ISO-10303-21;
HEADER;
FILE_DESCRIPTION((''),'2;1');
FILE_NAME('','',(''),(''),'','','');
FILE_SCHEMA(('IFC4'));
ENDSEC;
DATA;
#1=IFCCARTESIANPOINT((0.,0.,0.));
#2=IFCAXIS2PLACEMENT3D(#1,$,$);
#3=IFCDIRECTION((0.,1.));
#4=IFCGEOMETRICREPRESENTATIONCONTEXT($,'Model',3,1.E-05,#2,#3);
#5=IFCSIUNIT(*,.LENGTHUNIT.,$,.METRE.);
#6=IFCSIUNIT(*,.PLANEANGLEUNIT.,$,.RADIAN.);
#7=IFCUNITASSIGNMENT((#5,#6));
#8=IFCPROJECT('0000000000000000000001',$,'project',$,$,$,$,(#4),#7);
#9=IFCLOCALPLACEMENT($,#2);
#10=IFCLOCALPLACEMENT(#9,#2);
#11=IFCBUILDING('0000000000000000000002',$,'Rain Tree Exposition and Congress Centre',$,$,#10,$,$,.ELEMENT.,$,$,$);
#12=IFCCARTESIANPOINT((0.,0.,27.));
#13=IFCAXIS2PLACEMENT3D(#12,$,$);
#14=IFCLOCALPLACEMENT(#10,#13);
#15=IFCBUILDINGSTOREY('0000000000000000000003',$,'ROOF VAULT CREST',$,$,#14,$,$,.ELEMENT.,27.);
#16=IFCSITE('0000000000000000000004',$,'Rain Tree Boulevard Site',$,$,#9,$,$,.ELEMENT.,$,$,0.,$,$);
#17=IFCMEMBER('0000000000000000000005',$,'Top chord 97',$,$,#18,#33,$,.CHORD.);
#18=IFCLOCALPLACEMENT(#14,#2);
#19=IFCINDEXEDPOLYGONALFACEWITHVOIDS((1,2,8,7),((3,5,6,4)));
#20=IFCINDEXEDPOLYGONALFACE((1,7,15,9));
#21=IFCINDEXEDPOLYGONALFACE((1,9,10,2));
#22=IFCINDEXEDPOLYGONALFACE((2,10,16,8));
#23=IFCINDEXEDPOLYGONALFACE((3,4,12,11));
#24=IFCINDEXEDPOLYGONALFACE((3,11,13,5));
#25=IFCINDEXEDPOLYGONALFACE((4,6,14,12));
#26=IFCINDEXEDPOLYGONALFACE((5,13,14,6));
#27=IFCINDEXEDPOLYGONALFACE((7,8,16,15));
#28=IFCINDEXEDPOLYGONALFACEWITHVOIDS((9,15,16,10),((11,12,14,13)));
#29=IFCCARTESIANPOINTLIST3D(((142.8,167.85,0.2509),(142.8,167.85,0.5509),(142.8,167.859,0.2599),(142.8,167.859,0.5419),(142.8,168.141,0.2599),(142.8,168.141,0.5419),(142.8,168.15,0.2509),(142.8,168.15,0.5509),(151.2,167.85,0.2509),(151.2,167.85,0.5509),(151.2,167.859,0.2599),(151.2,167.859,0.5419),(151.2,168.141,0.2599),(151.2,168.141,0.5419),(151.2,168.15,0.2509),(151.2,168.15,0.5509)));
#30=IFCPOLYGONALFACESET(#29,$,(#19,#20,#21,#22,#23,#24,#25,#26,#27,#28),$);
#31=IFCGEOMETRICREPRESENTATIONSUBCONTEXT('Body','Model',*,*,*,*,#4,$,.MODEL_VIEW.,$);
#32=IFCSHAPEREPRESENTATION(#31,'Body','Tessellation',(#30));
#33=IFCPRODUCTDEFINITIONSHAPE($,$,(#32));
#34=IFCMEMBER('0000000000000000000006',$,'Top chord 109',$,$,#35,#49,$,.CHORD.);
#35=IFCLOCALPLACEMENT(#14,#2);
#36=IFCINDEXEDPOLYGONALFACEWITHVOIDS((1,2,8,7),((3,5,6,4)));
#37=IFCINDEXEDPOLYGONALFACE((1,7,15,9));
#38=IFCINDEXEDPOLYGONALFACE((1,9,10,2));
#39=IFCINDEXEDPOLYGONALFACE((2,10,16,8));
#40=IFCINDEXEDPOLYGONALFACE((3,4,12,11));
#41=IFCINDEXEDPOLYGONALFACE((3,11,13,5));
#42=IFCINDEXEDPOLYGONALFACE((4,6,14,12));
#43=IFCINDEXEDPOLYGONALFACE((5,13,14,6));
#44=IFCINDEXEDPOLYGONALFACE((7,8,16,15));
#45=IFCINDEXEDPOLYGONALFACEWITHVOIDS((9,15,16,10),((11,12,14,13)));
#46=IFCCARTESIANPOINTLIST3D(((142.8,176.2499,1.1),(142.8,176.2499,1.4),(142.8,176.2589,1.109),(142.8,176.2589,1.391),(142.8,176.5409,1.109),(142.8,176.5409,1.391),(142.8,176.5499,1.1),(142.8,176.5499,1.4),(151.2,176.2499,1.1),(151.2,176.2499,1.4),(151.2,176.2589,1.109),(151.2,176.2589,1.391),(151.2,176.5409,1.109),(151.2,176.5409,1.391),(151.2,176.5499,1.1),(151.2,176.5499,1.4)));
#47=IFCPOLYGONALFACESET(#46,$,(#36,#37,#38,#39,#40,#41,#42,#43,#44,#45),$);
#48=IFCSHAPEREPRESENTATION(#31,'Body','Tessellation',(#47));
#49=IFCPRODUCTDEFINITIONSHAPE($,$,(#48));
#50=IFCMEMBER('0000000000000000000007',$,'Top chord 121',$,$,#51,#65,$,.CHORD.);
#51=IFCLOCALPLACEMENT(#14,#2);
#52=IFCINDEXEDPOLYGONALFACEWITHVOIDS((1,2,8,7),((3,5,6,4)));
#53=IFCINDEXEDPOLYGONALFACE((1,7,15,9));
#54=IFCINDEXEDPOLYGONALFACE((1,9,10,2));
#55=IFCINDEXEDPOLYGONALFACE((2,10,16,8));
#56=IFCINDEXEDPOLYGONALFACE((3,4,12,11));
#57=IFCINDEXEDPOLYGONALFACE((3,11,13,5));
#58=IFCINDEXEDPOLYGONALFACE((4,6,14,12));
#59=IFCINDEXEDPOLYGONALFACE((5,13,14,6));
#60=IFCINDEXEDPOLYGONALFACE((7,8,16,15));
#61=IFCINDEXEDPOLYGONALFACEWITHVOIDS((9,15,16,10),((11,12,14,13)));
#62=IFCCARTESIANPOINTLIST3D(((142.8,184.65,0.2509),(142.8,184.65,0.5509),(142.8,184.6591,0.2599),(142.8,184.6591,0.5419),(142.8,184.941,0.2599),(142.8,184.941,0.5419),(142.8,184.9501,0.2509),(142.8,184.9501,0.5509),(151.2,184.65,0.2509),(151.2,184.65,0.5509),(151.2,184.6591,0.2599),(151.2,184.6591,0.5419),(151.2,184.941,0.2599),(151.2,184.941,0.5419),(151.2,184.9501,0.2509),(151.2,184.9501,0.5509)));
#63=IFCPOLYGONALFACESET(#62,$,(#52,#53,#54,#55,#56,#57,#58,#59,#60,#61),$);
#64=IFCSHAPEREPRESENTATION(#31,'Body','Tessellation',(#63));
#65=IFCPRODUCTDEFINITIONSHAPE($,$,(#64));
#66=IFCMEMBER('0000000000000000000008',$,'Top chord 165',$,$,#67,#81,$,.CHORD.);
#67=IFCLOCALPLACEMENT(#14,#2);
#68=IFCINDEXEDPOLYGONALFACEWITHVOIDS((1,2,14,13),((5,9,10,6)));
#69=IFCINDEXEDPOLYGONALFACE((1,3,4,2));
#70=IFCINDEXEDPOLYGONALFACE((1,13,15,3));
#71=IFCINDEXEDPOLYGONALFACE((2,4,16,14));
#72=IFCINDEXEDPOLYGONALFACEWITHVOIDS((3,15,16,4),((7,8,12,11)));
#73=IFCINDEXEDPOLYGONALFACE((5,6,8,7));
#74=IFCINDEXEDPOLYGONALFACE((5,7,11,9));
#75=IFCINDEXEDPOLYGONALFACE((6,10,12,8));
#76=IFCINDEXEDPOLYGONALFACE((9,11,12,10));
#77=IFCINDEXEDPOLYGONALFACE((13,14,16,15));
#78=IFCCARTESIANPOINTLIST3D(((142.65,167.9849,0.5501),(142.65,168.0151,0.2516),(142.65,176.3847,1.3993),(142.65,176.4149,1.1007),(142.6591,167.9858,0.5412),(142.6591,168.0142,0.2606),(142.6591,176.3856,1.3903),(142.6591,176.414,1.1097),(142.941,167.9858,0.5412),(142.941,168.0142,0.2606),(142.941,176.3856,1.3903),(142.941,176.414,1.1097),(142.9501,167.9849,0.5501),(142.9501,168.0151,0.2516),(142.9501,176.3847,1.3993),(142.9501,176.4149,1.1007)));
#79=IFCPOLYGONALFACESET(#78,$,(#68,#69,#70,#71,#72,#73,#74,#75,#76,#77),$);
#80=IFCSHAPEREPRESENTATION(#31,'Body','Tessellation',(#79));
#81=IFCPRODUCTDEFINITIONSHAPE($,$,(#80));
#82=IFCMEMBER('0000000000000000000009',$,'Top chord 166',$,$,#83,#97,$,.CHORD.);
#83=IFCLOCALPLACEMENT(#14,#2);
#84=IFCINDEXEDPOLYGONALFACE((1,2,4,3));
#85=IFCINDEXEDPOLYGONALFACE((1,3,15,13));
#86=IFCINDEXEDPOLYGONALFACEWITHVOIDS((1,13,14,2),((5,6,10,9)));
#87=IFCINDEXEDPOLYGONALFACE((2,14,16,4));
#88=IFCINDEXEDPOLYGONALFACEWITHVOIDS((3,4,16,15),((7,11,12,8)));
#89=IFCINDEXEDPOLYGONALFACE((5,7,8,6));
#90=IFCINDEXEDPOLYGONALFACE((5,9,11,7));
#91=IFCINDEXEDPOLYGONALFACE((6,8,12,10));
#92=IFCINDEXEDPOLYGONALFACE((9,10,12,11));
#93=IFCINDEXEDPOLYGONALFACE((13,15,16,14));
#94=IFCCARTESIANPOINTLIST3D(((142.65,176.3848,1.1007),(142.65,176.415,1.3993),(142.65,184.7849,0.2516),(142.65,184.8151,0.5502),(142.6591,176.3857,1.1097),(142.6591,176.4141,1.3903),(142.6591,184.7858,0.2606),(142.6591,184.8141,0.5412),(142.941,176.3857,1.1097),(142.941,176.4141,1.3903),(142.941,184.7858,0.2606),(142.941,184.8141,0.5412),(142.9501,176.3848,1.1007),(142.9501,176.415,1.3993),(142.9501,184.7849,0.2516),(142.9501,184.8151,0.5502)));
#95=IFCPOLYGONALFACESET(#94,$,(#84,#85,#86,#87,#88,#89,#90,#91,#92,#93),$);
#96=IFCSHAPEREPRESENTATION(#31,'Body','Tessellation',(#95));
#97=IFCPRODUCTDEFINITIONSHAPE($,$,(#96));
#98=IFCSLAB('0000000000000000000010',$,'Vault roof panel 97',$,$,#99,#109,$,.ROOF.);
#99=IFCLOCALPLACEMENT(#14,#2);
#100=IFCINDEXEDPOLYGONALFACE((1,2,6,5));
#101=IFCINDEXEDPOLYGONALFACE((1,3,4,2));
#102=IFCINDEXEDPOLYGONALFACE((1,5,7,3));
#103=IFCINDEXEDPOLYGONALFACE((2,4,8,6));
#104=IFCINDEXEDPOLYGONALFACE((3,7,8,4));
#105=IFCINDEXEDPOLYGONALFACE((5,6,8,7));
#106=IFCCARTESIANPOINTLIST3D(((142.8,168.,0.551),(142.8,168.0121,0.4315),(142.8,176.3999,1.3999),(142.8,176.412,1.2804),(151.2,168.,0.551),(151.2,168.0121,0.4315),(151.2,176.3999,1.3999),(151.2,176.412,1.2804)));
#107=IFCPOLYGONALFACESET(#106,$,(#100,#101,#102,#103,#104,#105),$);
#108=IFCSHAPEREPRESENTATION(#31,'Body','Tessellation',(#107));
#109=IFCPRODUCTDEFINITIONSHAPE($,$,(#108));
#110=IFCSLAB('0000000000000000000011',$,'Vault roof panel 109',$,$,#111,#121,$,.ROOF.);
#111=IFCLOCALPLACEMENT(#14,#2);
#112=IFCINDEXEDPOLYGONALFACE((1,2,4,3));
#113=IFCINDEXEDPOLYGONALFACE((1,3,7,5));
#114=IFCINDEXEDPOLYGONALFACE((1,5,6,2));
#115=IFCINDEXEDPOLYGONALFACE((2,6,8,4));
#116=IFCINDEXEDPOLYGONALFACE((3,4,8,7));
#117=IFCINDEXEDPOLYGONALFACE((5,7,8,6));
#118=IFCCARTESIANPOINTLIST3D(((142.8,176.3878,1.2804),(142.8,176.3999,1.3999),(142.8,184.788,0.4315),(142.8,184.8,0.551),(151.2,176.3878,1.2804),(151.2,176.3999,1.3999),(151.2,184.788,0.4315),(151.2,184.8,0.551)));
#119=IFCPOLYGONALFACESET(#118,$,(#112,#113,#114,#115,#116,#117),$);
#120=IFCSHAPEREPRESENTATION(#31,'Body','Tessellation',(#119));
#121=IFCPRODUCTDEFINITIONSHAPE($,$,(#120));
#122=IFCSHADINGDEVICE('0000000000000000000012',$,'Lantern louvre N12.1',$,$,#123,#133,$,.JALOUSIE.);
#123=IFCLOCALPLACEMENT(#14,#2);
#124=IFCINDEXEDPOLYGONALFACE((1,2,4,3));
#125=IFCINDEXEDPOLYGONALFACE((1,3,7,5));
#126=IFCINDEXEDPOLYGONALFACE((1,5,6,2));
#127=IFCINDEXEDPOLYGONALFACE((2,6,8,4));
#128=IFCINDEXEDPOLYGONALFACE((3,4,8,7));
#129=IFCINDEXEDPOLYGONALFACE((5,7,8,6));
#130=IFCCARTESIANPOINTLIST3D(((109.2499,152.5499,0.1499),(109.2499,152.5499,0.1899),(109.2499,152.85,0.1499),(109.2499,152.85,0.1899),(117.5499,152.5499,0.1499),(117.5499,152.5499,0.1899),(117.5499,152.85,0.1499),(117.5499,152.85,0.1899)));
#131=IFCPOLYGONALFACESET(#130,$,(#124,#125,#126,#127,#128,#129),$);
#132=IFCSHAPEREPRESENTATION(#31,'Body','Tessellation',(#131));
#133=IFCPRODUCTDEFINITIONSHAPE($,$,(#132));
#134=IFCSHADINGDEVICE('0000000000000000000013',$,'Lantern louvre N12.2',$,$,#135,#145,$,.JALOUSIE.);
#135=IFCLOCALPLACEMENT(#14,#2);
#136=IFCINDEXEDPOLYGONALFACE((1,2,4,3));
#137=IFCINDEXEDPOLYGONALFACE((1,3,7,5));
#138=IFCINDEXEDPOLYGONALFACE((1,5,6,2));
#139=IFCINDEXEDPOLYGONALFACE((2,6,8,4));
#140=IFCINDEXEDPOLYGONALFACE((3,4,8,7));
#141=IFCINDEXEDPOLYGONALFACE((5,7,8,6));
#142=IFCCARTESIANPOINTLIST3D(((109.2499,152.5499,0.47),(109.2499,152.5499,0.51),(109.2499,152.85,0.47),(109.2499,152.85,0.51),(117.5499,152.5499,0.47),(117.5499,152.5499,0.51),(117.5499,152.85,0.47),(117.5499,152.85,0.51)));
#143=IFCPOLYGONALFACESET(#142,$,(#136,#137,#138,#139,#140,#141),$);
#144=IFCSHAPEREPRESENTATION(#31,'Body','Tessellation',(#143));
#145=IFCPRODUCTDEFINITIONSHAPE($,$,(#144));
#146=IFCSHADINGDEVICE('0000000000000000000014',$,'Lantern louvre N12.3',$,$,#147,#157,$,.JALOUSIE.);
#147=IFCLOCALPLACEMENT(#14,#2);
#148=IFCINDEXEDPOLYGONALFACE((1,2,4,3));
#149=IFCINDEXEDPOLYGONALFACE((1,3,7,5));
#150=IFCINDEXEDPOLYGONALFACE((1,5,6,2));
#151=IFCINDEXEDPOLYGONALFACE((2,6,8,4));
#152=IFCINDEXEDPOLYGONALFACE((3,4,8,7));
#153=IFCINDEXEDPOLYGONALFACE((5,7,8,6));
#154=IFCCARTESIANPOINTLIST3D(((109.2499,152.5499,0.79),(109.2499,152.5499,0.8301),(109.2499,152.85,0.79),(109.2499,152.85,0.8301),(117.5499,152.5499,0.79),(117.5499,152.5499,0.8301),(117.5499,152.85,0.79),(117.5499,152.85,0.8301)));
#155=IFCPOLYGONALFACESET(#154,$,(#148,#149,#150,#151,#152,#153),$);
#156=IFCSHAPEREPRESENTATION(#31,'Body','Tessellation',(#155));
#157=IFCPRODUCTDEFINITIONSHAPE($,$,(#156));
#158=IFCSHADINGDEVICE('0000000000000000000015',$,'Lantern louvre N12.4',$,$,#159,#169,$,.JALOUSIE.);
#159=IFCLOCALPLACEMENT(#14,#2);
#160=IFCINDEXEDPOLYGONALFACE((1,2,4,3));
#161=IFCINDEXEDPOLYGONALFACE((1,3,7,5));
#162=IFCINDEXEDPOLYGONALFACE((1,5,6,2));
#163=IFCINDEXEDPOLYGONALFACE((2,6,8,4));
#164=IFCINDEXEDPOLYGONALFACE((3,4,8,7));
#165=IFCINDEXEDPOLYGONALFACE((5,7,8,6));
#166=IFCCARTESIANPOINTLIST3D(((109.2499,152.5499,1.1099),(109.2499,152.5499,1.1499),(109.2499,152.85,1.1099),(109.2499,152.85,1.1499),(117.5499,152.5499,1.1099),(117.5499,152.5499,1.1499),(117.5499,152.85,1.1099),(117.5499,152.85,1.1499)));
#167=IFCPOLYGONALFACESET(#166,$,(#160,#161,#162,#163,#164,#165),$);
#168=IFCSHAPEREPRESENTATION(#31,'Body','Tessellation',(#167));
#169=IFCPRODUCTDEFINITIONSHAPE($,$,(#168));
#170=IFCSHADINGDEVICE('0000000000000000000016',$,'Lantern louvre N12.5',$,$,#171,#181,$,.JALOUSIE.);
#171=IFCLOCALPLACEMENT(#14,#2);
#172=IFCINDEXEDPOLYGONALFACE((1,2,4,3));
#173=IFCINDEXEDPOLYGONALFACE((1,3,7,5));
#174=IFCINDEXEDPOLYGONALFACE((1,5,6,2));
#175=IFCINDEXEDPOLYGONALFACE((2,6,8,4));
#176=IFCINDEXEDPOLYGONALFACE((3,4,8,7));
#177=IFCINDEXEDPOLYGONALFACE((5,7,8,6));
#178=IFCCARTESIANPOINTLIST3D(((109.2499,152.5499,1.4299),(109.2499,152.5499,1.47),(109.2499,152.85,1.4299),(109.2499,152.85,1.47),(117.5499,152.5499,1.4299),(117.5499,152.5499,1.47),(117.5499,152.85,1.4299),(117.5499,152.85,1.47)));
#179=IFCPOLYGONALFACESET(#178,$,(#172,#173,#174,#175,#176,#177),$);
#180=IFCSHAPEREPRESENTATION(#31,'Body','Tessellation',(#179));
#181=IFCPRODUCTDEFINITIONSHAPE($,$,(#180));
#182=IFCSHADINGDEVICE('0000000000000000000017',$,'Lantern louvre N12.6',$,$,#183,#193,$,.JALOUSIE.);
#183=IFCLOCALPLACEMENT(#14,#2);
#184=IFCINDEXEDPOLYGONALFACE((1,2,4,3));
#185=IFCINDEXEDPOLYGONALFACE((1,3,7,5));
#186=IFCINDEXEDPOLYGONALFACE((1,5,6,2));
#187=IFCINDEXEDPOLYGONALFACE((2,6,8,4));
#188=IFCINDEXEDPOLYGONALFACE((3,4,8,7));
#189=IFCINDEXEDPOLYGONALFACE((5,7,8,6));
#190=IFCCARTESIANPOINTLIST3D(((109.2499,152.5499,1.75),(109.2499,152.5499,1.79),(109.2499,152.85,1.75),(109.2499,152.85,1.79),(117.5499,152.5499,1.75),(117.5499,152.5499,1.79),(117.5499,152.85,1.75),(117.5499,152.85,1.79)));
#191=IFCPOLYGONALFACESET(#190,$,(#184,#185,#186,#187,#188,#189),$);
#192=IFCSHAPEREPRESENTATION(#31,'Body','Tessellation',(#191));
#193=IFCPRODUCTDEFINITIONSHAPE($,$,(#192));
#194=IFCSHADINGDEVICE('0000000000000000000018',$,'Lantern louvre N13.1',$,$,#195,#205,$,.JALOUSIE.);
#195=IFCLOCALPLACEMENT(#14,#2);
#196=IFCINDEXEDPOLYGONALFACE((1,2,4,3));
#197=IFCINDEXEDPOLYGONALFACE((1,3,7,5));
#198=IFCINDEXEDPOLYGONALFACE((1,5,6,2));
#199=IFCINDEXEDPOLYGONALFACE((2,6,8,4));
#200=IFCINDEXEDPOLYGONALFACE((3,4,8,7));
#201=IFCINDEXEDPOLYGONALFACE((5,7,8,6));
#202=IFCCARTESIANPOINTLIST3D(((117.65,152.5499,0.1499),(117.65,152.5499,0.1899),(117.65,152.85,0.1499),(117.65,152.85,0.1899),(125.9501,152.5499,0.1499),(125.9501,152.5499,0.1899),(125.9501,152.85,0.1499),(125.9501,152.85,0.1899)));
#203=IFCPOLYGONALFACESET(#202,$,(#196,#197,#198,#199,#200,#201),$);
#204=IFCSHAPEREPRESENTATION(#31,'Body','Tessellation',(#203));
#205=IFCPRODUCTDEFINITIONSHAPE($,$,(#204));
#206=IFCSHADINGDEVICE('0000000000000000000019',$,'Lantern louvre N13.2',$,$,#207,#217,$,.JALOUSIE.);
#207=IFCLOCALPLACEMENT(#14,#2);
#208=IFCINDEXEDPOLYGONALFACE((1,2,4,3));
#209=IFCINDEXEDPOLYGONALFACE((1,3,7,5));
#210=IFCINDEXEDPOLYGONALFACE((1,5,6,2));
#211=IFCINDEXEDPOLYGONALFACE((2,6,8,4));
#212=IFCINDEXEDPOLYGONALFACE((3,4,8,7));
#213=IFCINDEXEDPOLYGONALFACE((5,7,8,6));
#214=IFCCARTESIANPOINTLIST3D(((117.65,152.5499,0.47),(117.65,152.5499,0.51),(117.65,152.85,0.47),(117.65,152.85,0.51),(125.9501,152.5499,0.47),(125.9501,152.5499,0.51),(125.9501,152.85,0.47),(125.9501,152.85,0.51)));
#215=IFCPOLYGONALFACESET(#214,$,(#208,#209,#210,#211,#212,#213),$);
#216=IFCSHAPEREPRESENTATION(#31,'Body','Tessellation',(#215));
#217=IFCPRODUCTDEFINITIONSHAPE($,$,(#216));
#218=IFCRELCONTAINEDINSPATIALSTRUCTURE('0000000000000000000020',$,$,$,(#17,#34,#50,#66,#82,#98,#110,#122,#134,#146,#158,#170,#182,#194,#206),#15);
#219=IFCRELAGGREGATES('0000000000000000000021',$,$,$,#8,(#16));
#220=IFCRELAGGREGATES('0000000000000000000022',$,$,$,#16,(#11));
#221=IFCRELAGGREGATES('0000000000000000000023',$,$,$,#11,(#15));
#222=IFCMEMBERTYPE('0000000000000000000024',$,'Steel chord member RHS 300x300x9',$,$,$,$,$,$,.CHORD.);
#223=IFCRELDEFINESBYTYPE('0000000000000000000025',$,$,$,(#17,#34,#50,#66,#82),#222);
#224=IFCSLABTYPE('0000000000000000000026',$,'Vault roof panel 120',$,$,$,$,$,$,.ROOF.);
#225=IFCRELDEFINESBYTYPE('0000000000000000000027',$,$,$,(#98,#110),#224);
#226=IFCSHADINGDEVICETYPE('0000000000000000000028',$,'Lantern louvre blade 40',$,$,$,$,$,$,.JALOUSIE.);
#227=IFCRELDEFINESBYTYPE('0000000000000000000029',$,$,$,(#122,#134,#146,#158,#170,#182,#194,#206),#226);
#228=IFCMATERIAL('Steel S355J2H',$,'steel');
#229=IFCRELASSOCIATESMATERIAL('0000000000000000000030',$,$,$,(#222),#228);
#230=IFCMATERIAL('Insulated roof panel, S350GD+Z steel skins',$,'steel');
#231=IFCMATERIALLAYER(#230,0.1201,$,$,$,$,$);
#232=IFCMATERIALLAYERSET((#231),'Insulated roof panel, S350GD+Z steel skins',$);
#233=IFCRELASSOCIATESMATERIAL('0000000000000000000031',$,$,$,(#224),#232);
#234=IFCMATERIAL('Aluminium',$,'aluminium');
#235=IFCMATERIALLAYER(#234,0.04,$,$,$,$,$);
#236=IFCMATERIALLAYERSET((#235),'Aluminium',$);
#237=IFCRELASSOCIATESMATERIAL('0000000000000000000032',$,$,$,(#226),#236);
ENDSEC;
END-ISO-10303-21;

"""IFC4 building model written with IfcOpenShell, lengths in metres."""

from ifc_helpers import new_model, si_unit, direction, frame, origin, origin_2d, place, context, subcontext, project, spatial, polyline, rectangle, hollow_rectangle, outline, extrude, material, layer, layer_set, material_profile, profile_set, type_object, element, save


model = new_model("IFC4")

# Units and contexts
model_context = context("Model", 3, precision=1e-05, world=origin(), true_north=direction((0.0, 1.0)))
body_context = subcontext(model_context, "Body", "Model", "MODEL_VIEW")
ifc_project = project(units=[si_unit("LENGTHUNIT", "METRE"), si_unit("PLANEANGLEUNIT", "RADIAN")], contexts=[model_context])

# Site, building, storey
site_placement = place(None, origin())
site = spatial("IfcSite", under=ifc_project, at=site_placement, Name="Rain Tree Boulevard Site", CompositionType="ELEMENT", RefElevation=0.0)
building_placement = place(site_placement, origin())
building = spatial("IfcBuilding", under=site, at=building_placement, Name="Rain Tree Exposition and Congress Centre", CompositionType="ELEMENT")
storey_placement = place(building_placement, frame((0.0, 0.0, 27.0)))
storey = spatial("IfcBuildingStorey", under=building, at=storey_placement, Name="ROOF VAULT CREST", CompositionType="ELEMENT", Elevation=27.0)

# Members
ifc_material_1 = material(Name="Steel S355J2H", Category="steel")
ifc_material_profile_1 = material_profile(ifc_material_1, hollow_rectangle(XDim=0.3, YDim=0.3, WallThickness=0.009, at=origin_2d()), Name="RHS 300x300x9")
ifc_profile_set_1 = profile_set([ifc_material_profile_1], Name="Steel S355J2H")
member_type = type_object("IfcMemberType", Name="Steel chord member RHS 300x300x9", PredefinedType="CHORD", material=ifc_profile_set_1)
for number, where, z_axis, x_axis, name in (
    (1, (142.8, 168.0, 0.4009), (1.0, 0.0, 0.0), (0.0, 1.0, 0.0), "Top chord 97"),
    (2, (142.8, 176.3999, 1.25), (1.0, 0.0, 0.0), (0.0, 1.0, 0.0), "Top chord 109"),
    (3, (142.8, 184.8, 0.4009), (1.0, 0.0, 0.0), (0.0, 1.0, 0.0), "Top chord 121"),
):
    element("IfcMember", number, at=place(storey_placement, frame(where, z_axis=z_axis, x_axis=x_axis)), inside=storey, type_object=member_type, Name=name, PredefinedType="CHORD", context=body_context, shape_type="SweptSolid", body=[
        extrude(hollow_rectangle(XDim=0.3, YDim=0.3, WallThickness=0.009, at=origin_2d()), origin(), (0.0, 0.0, 1.0), 8.3999),
    ])
member_1_placement = place(storey_placement, frame((142.8, 168.0, 0.4009), z_axis=(0.0, 0.99493, 0.100574), x_axis=(-1.0, 0.0, 0.0)))
element("IfcMember", 4, at=member_1_placement, inside=storey, type_object=member_type, Name="Top chord 165", PredefinedType="CHORD", context=body_context, shape_type="SweptSolid", body=[
    extrude(hollow_rectangle(XDim=0.3, YDim=0.3, WallThickness=0.009, at=origin_2d()), origin(), (0.0, 0.0, 1.0), 8.4426),
])
member_2_placement = place(storey_placement, frame((142.8, 176.3999, 1.25), z_axis=(0.0, 0.99493, -0.100572), x_axis=(-1.0, 0.0, 0.0)))
element("IfcMember", 5, at=member_2_placement, inside=storey, type_object=member_type, Name="Top chord 166", PredefinedType="CHORD", context=body_context, shape_type="SweptSolid", body=[
    extrude(hollow_rectangle(XDim=0.3, YDim=0.3, WallThickness=0.009, at=origin_2d()), origin(), (0.0, 0.0, 1.0), 8.4429),
])

# Slabs
ifc_material_2 = material(Name="Insulated roof panel, S350GD+Z steel skins", Category="steel")
ifc_layer_1 = layer(ifc_material_2, 0.1201)
ifc_layer_set_1 = layer_set([ifc_layer_1], Name="Insulated roof panel, S350GD+Z steel skins")
slab_type = type_object("IfcSlabType", Name="Vault roof panel 120", PredefinedType="ROOF", material=ifc_layer_set_1)
slab_1_placement = place(storey_placement, frame((142.8, 168.0, 0.551), z_axis=(0.0, -0.100546, 0.994932), x_axis=(1.0, 0.0, 0.0)))
element("IfcSlab", 6, at=slab_1_placement, inside=storey, type_object=slab_type, Name="Vault roof panel 97", PredefinedType="ROOF", context=body_context, shape_type="SweptSolid", body=[
    extrude(outline(polyline([(0.0, 0.0), (8.3999, 0.0), (8.3999, 8.4427), (0.0, 8.4427), (0.0, 0.0)])), origin(), (0.0, 0.0, -1.0), 0.1201),
])
slab_2_placement = place(storey_placement, frame((142.8, 176.3999, 1.3999), z_axis=(0.0, 0.100543, 0.994933), x_axis=(1.0, 0.0, 0.0)))
element("IfcSlab", 7, at=slab_2_placement, inside=storey, type_object=slab_type, Name="Vault roof panel 109", PredefinedType="ROOF", context=body_context, shape_type="SweptSolid", body=[
    extrude(outline(polyline([(0.0, 0.0), (8.3999, 0.0), (8.3999, 8.4429), (0.0, 8.4429), (0.0, 0.0)])), origin(), (0.0, 0.0, -1.0), 0.1201),
])

# Shading devices
ifc_material_3 = material(Name="Aluminium", Category="aluminium")
ifc_layer_2 = layer(ifc_material_3, 0.04)
ifc_layer_set_2 = layer_set([ifc_layer_2], Name="Aluminium")
shading_device_type = type_object("IfcShadingDeviceType", Name="Lantern louvre blade 40", PredefinedType="JALOUSIE", material=ifc_layer_set_2)
for number, where, z_axis, x_axis, name in (
    (8, (113.3999, 152.7, 0.1499), (0.0, 0.0, 1.0), (1.0, 0.0, 0.0), "Lantern louvre N12.1"),
    (9, (113.3999, 152.7, 0.47), (0.0, 0.0, 1.0), (1.0, 0.0, 0.0), "Lantern louvre N12.2"),
    (10, (113.3999, 152.7, 0.79), (0.0, 0.0, 1.0), (1.0, 0.0, 0.0), "Lantern louvre N12.3"),
    (11, (113.3999, 152.7, 1.1099), (0.0, 0.0, 1.0), (1.0, 0.0, 0.0), "Lantern louvre N12.4"),
    (12, (113.3999, 152.7, 1.4299), (0.0, 0.0, 1.0), (1.0, 0.0, 0.0), "Lantern louvre N12.5"),
    (13, (113.3999, 152.7, 1.75), (0.0, 0.0, 1.0), (1.0, 0.0, 0.0), "Lantern louvre N12.6"),
    (14, (121.8, 152.7, 0.1499), (0.0, 0.0, 1.0), (1.0, 0.0, 0.0), "Lantern louvre N13.1"),
    (15, (121.8, 152.7, 0.47), (0.0, 0.0, 1.0), (1.0, 0.0, 0.0), "Lantern louvre N13.2"),
):
    element("IfcShadingDevice", number, at=place(storey_placement, frame(where, z_axis=z_axis, x_axis=x_axis)), inside=storey, type_object=shading_device_type, Name=name, PredefinedType="JALOUSIE", context=body_context, shape_type="SweptSolid", body=[
        extrude(rectangle(XDim=8.3, YDim=0.3, at=origin_2d()), origin(), (0.0, 0.0, 1.0), 0.04),
    ])

save(model, "model.ifc")
